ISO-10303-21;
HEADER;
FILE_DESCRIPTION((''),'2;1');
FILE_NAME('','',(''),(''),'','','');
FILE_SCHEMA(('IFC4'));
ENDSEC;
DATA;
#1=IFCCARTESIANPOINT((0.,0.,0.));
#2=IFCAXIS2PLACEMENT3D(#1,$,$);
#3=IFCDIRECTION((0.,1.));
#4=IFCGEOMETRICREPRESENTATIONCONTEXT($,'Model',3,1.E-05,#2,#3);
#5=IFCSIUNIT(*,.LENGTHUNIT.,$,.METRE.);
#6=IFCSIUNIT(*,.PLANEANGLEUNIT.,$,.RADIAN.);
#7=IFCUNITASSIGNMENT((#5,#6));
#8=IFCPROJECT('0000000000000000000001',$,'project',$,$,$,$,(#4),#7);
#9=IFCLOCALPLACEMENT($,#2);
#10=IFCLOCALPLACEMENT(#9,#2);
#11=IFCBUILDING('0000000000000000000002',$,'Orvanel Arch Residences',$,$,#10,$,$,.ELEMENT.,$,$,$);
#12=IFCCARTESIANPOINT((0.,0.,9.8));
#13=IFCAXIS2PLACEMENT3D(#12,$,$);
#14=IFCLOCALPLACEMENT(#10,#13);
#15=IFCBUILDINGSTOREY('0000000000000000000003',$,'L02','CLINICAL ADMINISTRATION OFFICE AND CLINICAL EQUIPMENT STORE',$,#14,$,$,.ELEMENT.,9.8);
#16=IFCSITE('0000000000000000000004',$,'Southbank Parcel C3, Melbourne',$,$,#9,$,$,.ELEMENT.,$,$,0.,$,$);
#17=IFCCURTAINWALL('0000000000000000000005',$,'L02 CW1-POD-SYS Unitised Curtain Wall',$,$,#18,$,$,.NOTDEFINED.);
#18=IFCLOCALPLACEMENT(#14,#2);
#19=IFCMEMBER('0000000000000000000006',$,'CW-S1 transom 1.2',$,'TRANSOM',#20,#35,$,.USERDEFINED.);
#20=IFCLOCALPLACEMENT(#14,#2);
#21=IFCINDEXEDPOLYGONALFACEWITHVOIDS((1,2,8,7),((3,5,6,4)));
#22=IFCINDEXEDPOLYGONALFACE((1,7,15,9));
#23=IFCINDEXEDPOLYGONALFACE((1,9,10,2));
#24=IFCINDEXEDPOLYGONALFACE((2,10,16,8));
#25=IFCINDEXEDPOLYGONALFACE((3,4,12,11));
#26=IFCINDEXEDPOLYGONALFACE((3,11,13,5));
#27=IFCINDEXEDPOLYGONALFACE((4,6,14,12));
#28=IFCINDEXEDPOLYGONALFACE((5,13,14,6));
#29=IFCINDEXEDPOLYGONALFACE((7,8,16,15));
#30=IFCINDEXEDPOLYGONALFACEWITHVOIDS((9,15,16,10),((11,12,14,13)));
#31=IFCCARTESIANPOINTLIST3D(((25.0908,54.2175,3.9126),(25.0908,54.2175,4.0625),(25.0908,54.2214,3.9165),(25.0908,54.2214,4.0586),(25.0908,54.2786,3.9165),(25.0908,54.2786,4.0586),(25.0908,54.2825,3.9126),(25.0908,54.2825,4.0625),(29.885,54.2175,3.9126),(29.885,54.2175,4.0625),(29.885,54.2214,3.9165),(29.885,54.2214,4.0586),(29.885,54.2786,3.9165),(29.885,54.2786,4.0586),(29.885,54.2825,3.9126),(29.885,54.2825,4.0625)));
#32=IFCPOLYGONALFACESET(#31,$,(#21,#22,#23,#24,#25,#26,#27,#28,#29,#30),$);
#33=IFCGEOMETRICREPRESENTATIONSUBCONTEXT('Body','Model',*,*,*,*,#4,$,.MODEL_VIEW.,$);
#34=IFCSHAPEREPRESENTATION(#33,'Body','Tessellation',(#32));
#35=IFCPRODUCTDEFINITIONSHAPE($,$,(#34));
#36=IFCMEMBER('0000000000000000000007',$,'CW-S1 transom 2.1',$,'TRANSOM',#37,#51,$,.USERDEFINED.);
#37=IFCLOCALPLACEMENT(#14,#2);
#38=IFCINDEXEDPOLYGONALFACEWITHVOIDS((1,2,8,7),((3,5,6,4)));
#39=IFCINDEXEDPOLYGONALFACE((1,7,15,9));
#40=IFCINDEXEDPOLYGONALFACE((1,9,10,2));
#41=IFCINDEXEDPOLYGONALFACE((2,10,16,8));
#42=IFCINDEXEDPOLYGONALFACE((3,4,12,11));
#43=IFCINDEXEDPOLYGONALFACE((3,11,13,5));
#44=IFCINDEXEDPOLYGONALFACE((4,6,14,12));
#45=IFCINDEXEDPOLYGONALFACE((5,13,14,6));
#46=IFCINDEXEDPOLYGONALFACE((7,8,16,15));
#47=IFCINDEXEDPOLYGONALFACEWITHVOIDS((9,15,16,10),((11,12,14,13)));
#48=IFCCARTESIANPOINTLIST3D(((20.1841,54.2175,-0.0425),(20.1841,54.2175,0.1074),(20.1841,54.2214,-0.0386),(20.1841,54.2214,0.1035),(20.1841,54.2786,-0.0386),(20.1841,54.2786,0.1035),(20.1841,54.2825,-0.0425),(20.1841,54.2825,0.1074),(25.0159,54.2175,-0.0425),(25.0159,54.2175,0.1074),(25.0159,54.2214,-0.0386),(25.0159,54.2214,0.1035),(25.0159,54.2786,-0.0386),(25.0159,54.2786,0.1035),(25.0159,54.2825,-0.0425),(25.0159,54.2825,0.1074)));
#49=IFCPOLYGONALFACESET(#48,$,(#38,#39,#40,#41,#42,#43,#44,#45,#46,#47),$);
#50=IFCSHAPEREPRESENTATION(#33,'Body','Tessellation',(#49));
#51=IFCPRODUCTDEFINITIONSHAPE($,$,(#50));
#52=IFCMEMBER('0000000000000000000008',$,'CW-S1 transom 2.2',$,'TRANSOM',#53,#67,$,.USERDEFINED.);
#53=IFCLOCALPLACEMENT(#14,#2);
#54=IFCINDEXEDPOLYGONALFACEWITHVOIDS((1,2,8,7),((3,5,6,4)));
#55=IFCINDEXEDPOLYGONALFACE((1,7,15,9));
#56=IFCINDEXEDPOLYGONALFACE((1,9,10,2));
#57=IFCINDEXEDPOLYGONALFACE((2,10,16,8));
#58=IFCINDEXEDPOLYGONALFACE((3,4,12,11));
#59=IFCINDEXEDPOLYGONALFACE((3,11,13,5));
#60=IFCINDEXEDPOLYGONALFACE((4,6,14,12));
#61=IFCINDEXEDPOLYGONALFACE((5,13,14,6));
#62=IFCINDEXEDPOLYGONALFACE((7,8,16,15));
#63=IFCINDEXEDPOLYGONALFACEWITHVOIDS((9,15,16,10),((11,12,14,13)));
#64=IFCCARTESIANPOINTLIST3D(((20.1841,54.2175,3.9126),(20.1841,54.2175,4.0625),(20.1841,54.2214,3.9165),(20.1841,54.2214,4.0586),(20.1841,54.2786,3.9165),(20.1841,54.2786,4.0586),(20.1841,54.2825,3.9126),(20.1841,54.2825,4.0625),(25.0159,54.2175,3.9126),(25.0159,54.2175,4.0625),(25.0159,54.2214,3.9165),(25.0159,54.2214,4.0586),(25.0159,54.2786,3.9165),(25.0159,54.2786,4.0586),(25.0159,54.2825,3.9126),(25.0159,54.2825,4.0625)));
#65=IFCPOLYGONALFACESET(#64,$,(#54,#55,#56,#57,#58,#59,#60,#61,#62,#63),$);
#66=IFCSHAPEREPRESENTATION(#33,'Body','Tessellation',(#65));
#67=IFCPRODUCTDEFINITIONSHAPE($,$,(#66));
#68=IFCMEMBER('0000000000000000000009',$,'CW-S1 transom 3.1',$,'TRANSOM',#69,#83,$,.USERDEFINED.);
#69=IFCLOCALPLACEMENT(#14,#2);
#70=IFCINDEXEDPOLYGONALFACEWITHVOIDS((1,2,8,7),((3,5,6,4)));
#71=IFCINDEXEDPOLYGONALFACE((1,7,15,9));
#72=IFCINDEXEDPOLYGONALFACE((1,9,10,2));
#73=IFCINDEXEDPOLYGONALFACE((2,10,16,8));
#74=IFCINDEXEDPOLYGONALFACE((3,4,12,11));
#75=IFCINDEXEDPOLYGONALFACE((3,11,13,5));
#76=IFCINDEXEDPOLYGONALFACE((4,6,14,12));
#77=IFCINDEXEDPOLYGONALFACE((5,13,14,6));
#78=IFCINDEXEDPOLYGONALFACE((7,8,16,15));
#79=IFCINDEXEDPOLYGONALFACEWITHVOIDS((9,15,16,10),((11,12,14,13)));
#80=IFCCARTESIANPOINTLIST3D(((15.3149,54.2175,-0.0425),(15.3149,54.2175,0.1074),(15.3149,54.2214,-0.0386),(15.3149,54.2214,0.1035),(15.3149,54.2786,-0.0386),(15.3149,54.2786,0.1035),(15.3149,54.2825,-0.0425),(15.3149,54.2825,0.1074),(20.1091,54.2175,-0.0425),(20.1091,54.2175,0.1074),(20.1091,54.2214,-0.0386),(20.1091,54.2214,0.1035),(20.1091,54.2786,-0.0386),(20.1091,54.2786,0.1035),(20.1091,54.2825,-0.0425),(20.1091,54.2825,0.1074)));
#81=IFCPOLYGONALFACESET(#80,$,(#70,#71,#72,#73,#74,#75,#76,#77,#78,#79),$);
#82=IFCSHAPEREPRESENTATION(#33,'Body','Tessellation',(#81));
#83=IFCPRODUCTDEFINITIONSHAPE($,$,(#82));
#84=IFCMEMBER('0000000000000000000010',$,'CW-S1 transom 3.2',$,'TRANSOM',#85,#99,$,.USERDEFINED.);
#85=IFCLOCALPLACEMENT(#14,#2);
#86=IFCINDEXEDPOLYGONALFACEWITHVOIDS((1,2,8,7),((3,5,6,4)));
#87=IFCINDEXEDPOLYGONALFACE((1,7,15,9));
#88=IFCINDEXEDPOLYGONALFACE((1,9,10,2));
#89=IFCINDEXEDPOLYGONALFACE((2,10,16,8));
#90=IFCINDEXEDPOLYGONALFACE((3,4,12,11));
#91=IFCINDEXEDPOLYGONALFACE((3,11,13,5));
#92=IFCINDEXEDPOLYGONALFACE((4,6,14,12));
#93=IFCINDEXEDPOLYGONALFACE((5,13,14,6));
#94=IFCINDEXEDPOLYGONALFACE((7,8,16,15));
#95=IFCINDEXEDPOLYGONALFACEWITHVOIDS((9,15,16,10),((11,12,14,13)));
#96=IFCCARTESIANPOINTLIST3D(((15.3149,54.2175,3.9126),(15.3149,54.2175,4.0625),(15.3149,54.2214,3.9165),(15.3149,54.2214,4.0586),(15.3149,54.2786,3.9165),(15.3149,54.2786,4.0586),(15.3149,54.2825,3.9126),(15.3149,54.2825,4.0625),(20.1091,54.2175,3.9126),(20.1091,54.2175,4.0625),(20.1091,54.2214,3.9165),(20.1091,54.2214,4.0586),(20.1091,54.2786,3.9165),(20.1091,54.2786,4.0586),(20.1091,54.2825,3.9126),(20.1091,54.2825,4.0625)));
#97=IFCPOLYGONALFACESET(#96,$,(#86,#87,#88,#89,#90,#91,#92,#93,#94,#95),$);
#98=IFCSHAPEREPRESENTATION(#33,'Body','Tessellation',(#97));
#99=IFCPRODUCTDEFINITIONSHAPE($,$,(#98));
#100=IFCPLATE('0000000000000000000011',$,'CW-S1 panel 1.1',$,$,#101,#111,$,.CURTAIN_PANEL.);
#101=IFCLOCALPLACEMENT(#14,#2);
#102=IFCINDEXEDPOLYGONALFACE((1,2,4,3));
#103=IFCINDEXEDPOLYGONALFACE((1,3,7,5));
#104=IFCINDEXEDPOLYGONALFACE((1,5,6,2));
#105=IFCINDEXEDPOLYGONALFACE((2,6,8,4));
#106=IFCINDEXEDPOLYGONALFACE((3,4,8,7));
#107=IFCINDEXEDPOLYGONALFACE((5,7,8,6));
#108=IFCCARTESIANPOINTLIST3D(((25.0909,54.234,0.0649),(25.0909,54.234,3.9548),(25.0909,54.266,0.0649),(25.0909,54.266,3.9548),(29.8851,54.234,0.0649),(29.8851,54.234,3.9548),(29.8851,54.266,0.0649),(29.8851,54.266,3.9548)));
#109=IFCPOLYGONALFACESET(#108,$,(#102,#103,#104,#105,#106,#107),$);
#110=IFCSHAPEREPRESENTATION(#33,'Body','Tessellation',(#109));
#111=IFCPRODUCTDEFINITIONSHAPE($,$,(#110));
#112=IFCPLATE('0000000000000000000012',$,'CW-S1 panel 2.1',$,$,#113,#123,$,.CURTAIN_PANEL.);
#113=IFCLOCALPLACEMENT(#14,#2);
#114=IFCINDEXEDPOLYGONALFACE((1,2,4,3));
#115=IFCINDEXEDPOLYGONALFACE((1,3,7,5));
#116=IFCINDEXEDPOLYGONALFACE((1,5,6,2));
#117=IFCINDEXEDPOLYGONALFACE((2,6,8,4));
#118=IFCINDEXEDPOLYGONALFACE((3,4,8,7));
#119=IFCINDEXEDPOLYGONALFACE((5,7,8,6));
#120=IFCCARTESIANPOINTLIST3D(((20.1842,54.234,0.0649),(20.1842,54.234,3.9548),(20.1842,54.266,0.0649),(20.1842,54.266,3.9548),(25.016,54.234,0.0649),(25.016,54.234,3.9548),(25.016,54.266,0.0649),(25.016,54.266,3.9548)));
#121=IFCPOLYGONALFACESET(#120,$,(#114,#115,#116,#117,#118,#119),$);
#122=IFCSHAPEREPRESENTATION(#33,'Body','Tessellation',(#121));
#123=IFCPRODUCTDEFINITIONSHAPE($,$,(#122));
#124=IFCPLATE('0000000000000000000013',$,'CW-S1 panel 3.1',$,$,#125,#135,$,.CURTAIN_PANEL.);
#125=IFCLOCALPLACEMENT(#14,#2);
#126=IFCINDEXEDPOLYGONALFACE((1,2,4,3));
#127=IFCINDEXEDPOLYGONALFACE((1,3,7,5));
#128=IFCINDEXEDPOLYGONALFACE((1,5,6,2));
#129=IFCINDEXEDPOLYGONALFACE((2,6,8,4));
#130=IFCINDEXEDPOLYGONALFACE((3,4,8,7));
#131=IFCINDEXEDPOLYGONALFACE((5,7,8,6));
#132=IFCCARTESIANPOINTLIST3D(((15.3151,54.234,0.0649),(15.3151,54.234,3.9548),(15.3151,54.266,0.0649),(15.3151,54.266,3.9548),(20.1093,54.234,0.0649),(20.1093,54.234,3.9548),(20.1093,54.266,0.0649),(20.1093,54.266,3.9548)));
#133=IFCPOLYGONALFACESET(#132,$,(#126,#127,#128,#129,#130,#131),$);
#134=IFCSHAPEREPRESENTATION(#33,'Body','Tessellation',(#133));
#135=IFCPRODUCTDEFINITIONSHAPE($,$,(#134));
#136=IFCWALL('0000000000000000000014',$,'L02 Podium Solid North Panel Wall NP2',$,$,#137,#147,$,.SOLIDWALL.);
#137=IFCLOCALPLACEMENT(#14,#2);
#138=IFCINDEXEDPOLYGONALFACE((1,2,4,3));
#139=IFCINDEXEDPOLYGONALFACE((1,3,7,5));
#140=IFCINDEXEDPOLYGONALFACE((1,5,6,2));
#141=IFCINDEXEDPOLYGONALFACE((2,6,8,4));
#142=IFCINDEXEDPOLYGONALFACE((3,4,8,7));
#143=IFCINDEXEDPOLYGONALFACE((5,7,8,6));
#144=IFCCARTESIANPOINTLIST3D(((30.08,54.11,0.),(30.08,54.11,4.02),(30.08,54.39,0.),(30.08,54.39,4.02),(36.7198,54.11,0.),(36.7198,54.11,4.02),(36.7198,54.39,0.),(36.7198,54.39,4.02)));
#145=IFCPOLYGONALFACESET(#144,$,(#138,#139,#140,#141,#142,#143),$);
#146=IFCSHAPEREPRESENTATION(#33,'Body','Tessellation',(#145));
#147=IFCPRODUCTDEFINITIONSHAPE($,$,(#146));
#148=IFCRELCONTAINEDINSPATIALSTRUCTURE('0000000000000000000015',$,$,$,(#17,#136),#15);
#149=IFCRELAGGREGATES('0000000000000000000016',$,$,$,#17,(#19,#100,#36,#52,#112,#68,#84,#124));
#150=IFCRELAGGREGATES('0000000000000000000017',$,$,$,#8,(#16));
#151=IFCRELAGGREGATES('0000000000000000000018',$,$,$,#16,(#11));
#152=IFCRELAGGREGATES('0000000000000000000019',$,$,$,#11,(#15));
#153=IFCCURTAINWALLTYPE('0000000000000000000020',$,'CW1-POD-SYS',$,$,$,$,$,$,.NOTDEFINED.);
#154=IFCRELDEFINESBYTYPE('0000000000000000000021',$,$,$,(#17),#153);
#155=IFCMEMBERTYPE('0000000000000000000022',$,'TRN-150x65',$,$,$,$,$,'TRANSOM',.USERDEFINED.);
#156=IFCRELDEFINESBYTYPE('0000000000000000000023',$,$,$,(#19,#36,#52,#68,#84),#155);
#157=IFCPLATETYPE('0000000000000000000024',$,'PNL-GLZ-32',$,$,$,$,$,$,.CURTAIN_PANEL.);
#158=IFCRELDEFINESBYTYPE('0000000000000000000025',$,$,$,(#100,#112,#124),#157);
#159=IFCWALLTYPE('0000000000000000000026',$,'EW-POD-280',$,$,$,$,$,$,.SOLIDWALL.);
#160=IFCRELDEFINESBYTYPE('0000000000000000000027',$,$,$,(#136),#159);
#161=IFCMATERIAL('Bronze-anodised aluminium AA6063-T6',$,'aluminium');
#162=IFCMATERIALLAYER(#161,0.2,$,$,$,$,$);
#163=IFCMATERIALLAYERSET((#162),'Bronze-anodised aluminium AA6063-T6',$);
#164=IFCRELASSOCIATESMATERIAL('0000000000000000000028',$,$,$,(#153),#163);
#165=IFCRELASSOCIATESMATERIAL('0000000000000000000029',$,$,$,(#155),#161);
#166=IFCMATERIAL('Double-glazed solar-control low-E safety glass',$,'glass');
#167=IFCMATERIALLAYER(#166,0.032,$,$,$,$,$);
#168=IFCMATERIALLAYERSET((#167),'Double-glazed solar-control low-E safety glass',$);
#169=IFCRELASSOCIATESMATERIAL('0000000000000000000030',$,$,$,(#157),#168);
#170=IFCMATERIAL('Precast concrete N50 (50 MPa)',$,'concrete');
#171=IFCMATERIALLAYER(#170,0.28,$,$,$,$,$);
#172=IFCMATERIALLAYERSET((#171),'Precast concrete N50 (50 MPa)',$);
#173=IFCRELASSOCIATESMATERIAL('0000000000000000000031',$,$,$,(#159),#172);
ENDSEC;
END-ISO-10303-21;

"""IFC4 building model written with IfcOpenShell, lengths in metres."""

from ifc_helpers import new_model, si_unit, direction, frame, frame_2d, origin, origin_2d, place, context, subcontext, project, spatial, rectangle, hollow_rectangle, extrude, material, layer, layer_set, material_profile, profile_set, type_object, element, aggregate, save


model = new_model("IFC4")

# Units and contexts
model_context = context("Model", 3, precision=1e-05, world=origin(), true_north=direction((0.0, 1.0)))
body_context = subcontext(model_context, "Body", "Model", "MODEL_VIEW")
ifc_project = project(units=[si_unit("LENGTHUNIT", "METRE"), si_unit("PLANEANGLEUNIT", "RADIAN")], contexts=[model_context])

# Site, building, storey
site_placement = place(None, origin())
site = spatial("IfcSite", under=ifc_project, at=site_placement, Name="Southbank Parcel C3, Melbourne", CompositionType="ELEMENT", RefElevation=0.0)
building_placement = place(site_placement, origin())
building = spatial("IfcBuilding", under=site, at=building_placement, Name="Orvanel Arch Residences", CompositionType="ELEMENT")
storey_placement = place(building_placement, frame((0.0, 0.0, 9.8)))
storey = spatial("IfcBuildingStorey", under=building, at=storey_placement, Name="L02", Description="CLINICAL ADMINISTRATION OFFICE AND CLINICAL EQUIPMENT STORE", CompositionType="ELEMENT", Elevation=9.8)

# Curtain wall, members, plates
ifc_material_1 = material(Name="Bronze-anodised aluminium AA6063-T6", Category="aluminium")
ifc_layer_1 = layer(ifc_material_1, 0.2)
ifc_layer_set_1 = layer_set([ifc_layer_1], Name="Bronze-anodised aluminium AA6063-T6")
curtain_wall_type = type_object("IfcCurtainWallType", Name="CW1-POD-SYS", PredefinedType="NOTDEFINED", material=ifc_layer_set_1)
curtain_wall_placement = place(storey_placement, origin())
curtain_wall = element("IfcCurtainWall", 1, at=curtain_wall_placement, inside=storey, type_object=curtain_wall_type, Name="L02 CW1-POD-SYS Unitised Curtain Wall", PredefinedType="NOTDEFINED")
ifc_material_profile_1 = material_profile(ifc_material_1, hollow_rectangle(XDim=0.0649, YDim=0.1499, WallThickness=0.0039, at=origin_2d()), Name="ALU150x65x4")
ifc_profile_set_1 = profile_set([ifc_material_profile_1], Name="Bronze-anodised aluminium AA6063-T6")
member_type_1 = type_object("IfcMemberType", Name="TRN-150x65", ElementType="TRANSOM", PredefinedType="USERDEFINED", material=ifc_profile_set_1)
member_1_placement = place(storey_placement, frame((29.885, 54.25, 3.9875), z_axis=(-1.0, 0.0, 0.0), x_axis=(0.0, -1.0, 0.0)))
member_1 = element("IfcMember", 2, at=member_1_placement, type_object=member_type_1, Name="CW-S1 transom 1.2", ObjectType="TRANSOM", PredefinedType="USERDEFINED", context=body_context, shape_type="SweptSolid", body=[
    extrude(hollow_rectangle(XDim=0.0649, YDim=0.1499, WallThickness=0.0039, at=origin_2d()), origin(), (0.0, 0.0, 1.0), 4.7942),
])
member_2_placement = place(storey_placement, frame((25.0159, 54.25, 0.0325), z_axis=(-1.0, 0.0, 0.0), x_axis=(0.0, -1.0, 0.0)))
member_2 = element("IfcMember", 3, at=member_2_placement, type_object=member_type_1, Name="CW-S1 transom 2.1", ObjectType="TRANSOM", PredefinedType="USERDEFINED", context=body_context, shape_type="SweptSolid", body=[
    extrude(hollow_rectangle(XDim=0.0649, YDim=0.1499, WallThickness=0.0039, at=origin_2d()), origin(), (0.0, 0.0, 1.0), 4.8318),
])
member_3_placement = place(storey_placement, frame((25.0159, 54.25, 3.9875), z_axis=(-1.0, 0.0, 0.0), x_axis=(0.0, -1.0, 0.0)))
member_3 = element("IfcMember", 4, at=member_3_placement, type_object=member_type_1, Name="CW-S1 transom 2.2", ObjectType="TRANSOM", PredefinedType="USERDEFINED", context=body_context, shape_type="SweptSolid", body=[
    extrude(hollow_rectangle(XDim=0.0649, YDim=0.1499, WallThickness=0.0039, at=origin_2d()), origin(), (0.0, 0.0, 1.0), 4.8318),
])
member_4_placement = place(storey_placement, frame((20.1091, 54.25, 0.0325), z_axis=(-1.0, 0.0, 0.0), x_axis=(0.0, -1.0, 0.0)))
member_4 = element("IfcMember", 5, at=member_4_placement, type_object=member_type_1, Name="CW-S1 transom 3.1", ObjectType="TRANSOM", PredefinedType="USERDEFINED", context=body_context, shape_type="SweptSolid", body=[
    extrude(hollow_rectangle(XDim=0.0649, YDim=0.1499, WallThickness=0.0039, at=origin_2d()), origin(), (0.0, 0.0, 1.0), 4.7942),
])
member_5_placement = place(storey_placement, frame((20.1091, 54.25, 3.9875), z_axis=(-1.0, 0.0, 0.0), x_axis=(0.0, -1.0, 0.0)))
member_5 = element("IfcMember", 6, at=member_5_placement, type_object=member_type_1, Name="CW-S1 transom 3.2", ObjectType="TRANSOM", PredefinedType="USERDEFINED", context=body_context, shape_type="SweptSolid", body=[
    extrude(hollow_rectangle(XDim=0.0649, YDim=0.1499, WallThickness=0.0039, at=origin_2d()), origin(), (0.0, 0.0, 1.0), 4.7942),
])
ifc_material_2 = material(Name="Double-glazed solar-control low-E safety glass", Category="glass")
ifc_layer_2 = layer(ifc_material_2, 0.032)
ifc_layer_set_2 = layer_set([ifc_layer_2], Name="Double-glazed solar-control low-E safety glass")
plate_type = type_object("IfcPlateType", Name="PNL-GLZ-32", PredefinedType="CURTAIN_PANEL", material=ifc_layer_set_2)
plate_1_placement = place(storey_placement, frame((27.488, 54.25, 0.0649), z_axis=(0.0, 0.0, 1.0), x_axis=(-1.0, 0.0, 0.0)))
plate_1 = element("IfcPlate", 7, at=plate_1_placement, type_object=plate_type, Name="CW-S1 panel 1.1", PredefinedType="CURTAIN_PANEL", context=body_context, shape_type="SweptSolid", body=[
    extrude(rectangle(XDim=4.7942, YDim=0.032, at=origin_2d()), origin(), (0.0, 0.0, 1.0), 3.8899),
])
plate_2_placement = place(storey_placement, frame((22.6001, 54.25, 0.0649), z_axis=(0.0, 0.0, 1.0), x_axis=(-1.0, 0.0, 0.0)))
plate_2 = element("IfcPlate", 8, at=plate_2_placement, type_object=plate_type, Name="CW-S1 panel 2.1", PredefinedType="CURTAIN_PANEL", context=body_context, shape_type="SweptSolid", body=[
    extrude(rectangle(XDim=4.8318, YDim=0.032, at=origin_2d()), origin(), (0.0, 0.0, 1.0), 3.8899),
])
plate_3_placement = place(storey_placement, frame((17.7122, 54.25, 0.0649), z_axis=(0.0, 0.0, 1.0), x_axis=(-1.0, 0.0, 0.0)))
plate_3 = element("IfcPlate", 9, at=plate_3_placement, type_object=plate_type, Name="CW-S1 panel 3.1", PredefinedType="CURTAIN_PANEL", context=body_context, shape_type="SweptSolid", body=[
    extrude(rectangle(XDim=4.7942, YDim=0.032, at=origin_2d()), origin(), (0.0, 0.0, 1.0), 3.8899),
])
aggregate(curtain_wall, [member_1, plate_1, member_2, member_3, plate_2, member_4, member_5, plate_3])

# Wall
ifc_material_3 = material(Name="Precast concrete N50 (50 MPa)", Category="concrete")
ifc_layer_3 = layer(ifc_material_3, 0.28)
ifc_layer_set_3 = layer_set([ifc_layer_3], Name="Precast concrete N50 (50 MPa)")
wall_type_1 = type_object("IfcWallType", Name="EW-POD-280", PredefinedType="SOLIDWALL", material=ifc_layer_set_3)
wall_1_placement = place(storey_placement, frame((30.0801, 54.25, 0.0), z_axis=(0.0, 0.0, 1.0), x_axis=(1.0, 0.0, 0.0)))
element("IfcWall", 10, at=wall_1_placement, inside=storey, type_object=wall_type_1, Name="L02 Podium Solid North Panel Wall NP2", PredefinedType="SOLIDWALL", context=body_context, shape_type="SweptSolid", body=[
    extrude(rectangle(XDim=6.6399, YDim=0.28, at=frame_2d((3.3198, 0.0))), origin(), (0.0, 0.0, 1.0), 4.02),
])

save(model, "model.ifc")
